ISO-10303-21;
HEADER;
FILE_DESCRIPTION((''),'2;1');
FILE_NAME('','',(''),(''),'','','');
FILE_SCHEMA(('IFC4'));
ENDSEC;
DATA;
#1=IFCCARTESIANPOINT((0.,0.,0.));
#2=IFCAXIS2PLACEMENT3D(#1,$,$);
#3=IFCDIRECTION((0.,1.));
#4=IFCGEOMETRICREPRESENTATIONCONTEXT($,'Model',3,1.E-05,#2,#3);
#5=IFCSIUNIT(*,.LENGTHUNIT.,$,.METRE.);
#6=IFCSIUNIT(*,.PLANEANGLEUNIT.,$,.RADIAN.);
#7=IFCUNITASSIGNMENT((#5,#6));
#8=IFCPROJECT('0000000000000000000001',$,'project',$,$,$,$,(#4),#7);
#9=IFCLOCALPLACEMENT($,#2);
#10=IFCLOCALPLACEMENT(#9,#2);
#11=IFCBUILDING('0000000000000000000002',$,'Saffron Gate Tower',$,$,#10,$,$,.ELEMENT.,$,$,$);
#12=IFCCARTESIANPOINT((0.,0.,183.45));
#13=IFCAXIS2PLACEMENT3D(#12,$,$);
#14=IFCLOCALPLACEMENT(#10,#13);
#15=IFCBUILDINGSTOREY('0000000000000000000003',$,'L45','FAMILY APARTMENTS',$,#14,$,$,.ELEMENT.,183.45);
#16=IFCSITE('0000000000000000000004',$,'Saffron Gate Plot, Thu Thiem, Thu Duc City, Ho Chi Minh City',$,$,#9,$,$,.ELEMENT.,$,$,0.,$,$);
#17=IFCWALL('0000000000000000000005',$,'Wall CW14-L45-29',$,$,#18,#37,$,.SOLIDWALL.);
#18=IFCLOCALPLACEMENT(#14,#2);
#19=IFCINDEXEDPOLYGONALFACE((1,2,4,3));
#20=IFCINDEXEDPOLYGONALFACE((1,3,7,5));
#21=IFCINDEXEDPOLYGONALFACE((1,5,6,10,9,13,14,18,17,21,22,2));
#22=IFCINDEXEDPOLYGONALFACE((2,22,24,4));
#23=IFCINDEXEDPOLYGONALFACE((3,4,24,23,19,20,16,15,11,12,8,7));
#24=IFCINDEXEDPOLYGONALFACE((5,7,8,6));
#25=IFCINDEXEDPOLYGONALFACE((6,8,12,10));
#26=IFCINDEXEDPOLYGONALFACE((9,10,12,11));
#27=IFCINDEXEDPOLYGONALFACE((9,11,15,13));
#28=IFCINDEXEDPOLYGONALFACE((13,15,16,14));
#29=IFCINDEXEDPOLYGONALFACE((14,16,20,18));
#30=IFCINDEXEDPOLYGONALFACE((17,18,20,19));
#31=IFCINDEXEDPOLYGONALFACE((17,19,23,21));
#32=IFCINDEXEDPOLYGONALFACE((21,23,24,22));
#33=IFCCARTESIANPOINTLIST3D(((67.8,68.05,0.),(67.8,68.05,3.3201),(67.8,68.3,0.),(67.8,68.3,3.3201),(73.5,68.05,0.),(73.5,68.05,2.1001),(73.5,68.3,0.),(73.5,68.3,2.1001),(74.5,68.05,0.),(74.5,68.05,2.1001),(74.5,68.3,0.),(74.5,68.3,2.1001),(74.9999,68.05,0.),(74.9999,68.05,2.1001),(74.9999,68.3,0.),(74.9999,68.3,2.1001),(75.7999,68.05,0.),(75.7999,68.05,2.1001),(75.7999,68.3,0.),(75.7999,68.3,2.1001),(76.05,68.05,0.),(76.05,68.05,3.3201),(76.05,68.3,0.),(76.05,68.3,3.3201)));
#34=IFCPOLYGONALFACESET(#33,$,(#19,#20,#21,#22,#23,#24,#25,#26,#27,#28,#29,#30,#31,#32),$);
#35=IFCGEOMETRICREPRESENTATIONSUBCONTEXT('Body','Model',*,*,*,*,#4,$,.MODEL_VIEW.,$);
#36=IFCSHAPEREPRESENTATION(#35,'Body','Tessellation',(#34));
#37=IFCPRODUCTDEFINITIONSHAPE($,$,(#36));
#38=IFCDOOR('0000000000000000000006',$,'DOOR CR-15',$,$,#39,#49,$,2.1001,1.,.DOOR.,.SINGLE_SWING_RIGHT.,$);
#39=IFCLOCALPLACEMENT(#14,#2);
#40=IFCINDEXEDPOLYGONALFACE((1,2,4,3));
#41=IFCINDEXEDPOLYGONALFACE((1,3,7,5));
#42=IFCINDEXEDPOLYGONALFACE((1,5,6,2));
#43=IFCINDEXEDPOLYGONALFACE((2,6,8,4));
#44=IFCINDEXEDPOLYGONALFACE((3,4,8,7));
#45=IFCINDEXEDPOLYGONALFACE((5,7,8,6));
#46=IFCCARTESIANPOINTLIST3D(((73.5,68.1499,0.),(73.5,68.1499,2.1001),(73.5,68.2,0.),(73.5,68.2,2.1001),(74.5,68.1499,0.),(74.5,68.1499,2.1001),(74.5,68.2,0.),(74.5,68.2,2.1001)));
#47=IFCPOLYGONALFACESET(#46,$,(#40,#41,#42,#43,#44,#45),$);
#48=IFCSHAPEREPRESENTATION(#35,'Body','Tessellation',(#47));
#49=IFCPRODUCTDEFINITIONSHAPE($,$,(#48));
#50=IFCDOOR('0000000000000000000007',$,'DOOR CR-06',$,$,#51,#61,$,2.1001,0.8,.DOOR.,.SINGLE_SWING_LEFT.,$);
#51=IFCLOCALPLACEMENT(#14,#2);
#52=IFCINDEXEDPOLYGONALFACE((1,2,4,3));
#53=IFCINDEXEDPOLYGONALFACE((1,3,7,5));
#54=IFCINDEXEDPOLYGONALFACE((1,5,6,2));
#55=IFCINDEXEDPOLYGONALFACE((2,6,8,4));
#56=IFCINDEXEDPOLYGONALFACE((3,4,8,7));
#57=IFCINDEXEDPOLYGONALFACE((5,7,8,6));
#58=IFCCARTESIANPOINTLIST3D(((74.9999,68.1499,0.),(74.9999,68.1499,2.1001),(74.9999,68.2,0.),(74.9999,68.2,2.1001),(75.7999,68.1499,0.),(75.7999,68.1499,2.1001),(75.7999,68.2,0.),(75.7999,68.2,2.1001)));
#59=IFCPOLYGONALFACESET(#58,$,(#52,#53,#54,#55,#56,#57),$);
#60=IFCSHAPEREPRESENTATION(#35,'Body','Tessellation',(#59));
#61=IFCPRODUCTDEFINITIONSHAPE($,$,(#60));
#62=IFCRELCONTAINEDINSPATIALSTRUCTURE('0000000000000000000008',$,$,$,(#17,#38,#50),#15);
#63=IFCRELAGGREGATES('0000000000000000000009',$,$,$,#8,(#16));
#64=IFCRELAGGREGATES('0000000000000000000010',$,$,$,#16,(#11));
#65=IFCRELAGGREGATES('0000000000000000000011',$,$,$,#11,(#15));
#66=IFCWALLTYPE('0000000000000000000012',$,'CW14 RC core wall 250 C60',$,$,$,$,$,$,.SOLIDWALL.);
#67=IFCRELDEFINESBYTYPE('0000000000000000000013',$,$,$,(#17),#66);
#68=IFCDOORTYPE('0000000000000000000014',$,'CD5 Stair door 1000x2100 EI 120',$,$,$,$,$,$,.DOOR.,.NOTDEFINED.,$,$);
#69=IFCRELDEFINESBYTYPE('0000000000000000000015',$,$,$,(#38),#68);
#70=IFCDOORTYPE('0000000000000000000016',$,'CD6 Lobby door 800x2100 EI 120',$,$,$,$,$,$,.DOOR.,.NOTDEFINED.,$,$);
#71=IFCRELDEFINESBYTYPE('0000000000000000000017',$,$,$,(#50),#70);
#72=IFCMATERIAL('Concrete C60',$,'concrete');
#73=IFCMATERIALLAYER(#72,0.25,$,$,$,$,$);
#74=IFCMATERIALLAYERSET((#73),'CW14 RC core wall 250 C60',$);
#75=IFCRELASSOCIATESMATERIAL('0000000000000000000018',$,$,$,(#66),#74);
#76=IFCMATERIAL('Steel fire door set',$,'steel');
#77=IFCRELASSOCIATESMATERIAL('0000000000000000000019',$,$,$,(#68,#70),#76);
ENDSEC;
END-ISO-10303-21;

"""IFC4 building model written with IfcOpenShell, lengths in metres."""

from ifc_helpers import new_model, si_unit, direction, frame, frame_2d, origin, place, context, subcontext, project, spatial, rectangle, extrude, material, layer, layer_set, type_object, element, fill, save


model = new_model("IFC4")

# Units and contexts
model_context = context("Model", 3, precision=1e-05, world=origin(), true_north=direction((0.0, 1.0)))
body_context = subcontext(model_context, "Body", "Model", "MODEL_VIEW")
ifc_project = project(units=[si_unit("LENGTHUNIT", "METRE"), si_unit("PLANEANGLEUNIT", "RADIAN")], contexts=[model_context])

# Site, building, storey
site_placement = place(None, origin())
site = spatial("IfcSite", under=ifc_project, at=site_placement, Name="Saffron Gate Plot, Thu Thiem, Thu Duc City, Ho Chi Minh City", CompositionType="ELEMENT", RefElevation=0.0)
building_placement = place(site_placement, origin())
building = spatial("IfcBuilding", under=site, at=building_placement, Name="Saffron Gate Tower", CompositionType="ELEMENT")
storey_placement = place(building_placement, frame((0.0, 0.0, 183.45)))
storey = spatial("IfcBuildingStorey", under=building, at=storey_placement, Name="L45", Description="FAMILY APARTMENTS", CompositionType="ELEMENT", Elevation=183.45)

# Shared definitions
ifc_material_1 = material(Name="Concrete C60", Category="concrete")

# Wall, openings, doors
ifc_layer_1 = layer(ifc_material_1, 0.25)
ifc_layer_set_1 = layer_set([ifc_layer_1], Name="CW14 RC core wall 250 C60")
wall_type_1 = type_object("IfcWallType", Name="CW14 RC core wall 250 C60", PredefinedType="SOLIDWALL", material=ifc_layer_set_1)
wall_1_placement = place(storey_placement, frame((67.8, 68.175, 0.0), z_axis=(0.0, 0.0, 1.0), x_axis=(1.0, 0.0, 0.0)))
wall_1 = element("IfcWall", 1, at=wall_1_placement, inside=storey, type_object=wall_type_1, Name="Wall CW14-L45-29", PredefinedType="SOLIDWALL", context=body_context, shape_type="SweptSolid", body=[
    extrude(rectangle(XDim=8.25, YDim=0.25, at=frame_2d((4.125, 0.0))), origin(), (0.0, 0.0, 1.0), 3.3201),
])
opening_1_placement = place(wall_1_placement, frame((5.7, 0.0, 0.0)))
opening_1 = element("IfcOpeningElement", 2, at=opening_1_placement, cuts=wall_1, PredefinedType="OPENING", context=body_context, shape_type="SweptSolid", body=[
    extrude(rectangle(XDim=1.0, YDim=2.1001, at=frame_2d((0.5, 1.05))), frame((0.0, 0.135, 0.0), z_axis=(0.0, -1.0, 0.0), x_axis=(1.0, 0.0, 0.0)), (0.0, 0.0, 1.0), 0.27),
])
opening_2_placement = place(wall_1_placement, frame((7.2, 0.0, 0.0)))
opening_2 = element("IfcOpeningElement", 3, at=opening_2_placement, cuts=wall_1, PredefinedType="OPENING", context=body_context, shape_type="SweptSolid", body=[
    extrude(rectangle(XDim=0.8, YDim=2.1001, at=frame_2d((0.3999, 1.05))), frame((0.0, 0.135, 0.0), z_axis=(0.0, -1.0, 0.0), x_axis=(1.0, 0.0, 0.0)), (0.0, 0.0, 1.0), 0.27),
])
ifc_material_2 = material(Name="Steel fire door set", Category="steel")
door_type_1 = type_object("IfcDoorType", Name="CD5 Stair door 1000x2100 EI 120", OperationType="NOTDEFINED", PredefinedType="DOOR", material=ifc_material_2)
door_1_placement = place(opening_1_placement, origin())
door_1 = element("IfcDoor", 4, at=door_1_placement, inside=storey, type_object=door_type_1, Name="DOOR CR-15", OperationType="SINGLE_SWING_RIGHT", OverallHeight=2.1001, OverallWidth=1.0, PredefinedType="DOOR", context=body_context, shape_type="SweptSolid", body=[
    extrude(rectangle(XDim=1.0, YDim=2.1001, at=frame_2d((0.5, 1.05))), frame((0.0, 0.0249, 0.0), z_axis=(0.0, -1.0, 0.0), x_axis=(1.0, 0.0, 0.0)), (0.0, 0.0, 1.0), 0.05),
])
fill(opening_1, door_1)
door_type_2 = type_object("IfcDoorType", Name="CD6 Lobby door 800x2100 EI 120", OperationType="NOTDEFINED", PredefinedType="DOOR", material=ifc_material_2)
door_2_placement = place(opening_2_placement, origin())
door_2 = element("IfcDoor", 5, at=door_2_placement, inside=storey, type_object=door_type_2, Name="DOOR CR-06", OperationType="SINGLE_SWING_LEFT", OverallHeight=2.1001, OverallWidth=0.8, PredefinedType="DOOR", context=body_context, shape_type="SweptSolid", body=[
    extrude(rectangle(XDim=0.8, YDim=2.1001, at=frame_2d((0.3999, 1.05))), frame((0.0, 0.0249, 0.0), z_axis=(0.0, -1.0, 0.0), x_axis=(1.0, 0.0, 0.0)), (0.0, 0.0, 1.0), 0.05),
])
fill(opening_2, door_2)

save(model, "model.ifc")
